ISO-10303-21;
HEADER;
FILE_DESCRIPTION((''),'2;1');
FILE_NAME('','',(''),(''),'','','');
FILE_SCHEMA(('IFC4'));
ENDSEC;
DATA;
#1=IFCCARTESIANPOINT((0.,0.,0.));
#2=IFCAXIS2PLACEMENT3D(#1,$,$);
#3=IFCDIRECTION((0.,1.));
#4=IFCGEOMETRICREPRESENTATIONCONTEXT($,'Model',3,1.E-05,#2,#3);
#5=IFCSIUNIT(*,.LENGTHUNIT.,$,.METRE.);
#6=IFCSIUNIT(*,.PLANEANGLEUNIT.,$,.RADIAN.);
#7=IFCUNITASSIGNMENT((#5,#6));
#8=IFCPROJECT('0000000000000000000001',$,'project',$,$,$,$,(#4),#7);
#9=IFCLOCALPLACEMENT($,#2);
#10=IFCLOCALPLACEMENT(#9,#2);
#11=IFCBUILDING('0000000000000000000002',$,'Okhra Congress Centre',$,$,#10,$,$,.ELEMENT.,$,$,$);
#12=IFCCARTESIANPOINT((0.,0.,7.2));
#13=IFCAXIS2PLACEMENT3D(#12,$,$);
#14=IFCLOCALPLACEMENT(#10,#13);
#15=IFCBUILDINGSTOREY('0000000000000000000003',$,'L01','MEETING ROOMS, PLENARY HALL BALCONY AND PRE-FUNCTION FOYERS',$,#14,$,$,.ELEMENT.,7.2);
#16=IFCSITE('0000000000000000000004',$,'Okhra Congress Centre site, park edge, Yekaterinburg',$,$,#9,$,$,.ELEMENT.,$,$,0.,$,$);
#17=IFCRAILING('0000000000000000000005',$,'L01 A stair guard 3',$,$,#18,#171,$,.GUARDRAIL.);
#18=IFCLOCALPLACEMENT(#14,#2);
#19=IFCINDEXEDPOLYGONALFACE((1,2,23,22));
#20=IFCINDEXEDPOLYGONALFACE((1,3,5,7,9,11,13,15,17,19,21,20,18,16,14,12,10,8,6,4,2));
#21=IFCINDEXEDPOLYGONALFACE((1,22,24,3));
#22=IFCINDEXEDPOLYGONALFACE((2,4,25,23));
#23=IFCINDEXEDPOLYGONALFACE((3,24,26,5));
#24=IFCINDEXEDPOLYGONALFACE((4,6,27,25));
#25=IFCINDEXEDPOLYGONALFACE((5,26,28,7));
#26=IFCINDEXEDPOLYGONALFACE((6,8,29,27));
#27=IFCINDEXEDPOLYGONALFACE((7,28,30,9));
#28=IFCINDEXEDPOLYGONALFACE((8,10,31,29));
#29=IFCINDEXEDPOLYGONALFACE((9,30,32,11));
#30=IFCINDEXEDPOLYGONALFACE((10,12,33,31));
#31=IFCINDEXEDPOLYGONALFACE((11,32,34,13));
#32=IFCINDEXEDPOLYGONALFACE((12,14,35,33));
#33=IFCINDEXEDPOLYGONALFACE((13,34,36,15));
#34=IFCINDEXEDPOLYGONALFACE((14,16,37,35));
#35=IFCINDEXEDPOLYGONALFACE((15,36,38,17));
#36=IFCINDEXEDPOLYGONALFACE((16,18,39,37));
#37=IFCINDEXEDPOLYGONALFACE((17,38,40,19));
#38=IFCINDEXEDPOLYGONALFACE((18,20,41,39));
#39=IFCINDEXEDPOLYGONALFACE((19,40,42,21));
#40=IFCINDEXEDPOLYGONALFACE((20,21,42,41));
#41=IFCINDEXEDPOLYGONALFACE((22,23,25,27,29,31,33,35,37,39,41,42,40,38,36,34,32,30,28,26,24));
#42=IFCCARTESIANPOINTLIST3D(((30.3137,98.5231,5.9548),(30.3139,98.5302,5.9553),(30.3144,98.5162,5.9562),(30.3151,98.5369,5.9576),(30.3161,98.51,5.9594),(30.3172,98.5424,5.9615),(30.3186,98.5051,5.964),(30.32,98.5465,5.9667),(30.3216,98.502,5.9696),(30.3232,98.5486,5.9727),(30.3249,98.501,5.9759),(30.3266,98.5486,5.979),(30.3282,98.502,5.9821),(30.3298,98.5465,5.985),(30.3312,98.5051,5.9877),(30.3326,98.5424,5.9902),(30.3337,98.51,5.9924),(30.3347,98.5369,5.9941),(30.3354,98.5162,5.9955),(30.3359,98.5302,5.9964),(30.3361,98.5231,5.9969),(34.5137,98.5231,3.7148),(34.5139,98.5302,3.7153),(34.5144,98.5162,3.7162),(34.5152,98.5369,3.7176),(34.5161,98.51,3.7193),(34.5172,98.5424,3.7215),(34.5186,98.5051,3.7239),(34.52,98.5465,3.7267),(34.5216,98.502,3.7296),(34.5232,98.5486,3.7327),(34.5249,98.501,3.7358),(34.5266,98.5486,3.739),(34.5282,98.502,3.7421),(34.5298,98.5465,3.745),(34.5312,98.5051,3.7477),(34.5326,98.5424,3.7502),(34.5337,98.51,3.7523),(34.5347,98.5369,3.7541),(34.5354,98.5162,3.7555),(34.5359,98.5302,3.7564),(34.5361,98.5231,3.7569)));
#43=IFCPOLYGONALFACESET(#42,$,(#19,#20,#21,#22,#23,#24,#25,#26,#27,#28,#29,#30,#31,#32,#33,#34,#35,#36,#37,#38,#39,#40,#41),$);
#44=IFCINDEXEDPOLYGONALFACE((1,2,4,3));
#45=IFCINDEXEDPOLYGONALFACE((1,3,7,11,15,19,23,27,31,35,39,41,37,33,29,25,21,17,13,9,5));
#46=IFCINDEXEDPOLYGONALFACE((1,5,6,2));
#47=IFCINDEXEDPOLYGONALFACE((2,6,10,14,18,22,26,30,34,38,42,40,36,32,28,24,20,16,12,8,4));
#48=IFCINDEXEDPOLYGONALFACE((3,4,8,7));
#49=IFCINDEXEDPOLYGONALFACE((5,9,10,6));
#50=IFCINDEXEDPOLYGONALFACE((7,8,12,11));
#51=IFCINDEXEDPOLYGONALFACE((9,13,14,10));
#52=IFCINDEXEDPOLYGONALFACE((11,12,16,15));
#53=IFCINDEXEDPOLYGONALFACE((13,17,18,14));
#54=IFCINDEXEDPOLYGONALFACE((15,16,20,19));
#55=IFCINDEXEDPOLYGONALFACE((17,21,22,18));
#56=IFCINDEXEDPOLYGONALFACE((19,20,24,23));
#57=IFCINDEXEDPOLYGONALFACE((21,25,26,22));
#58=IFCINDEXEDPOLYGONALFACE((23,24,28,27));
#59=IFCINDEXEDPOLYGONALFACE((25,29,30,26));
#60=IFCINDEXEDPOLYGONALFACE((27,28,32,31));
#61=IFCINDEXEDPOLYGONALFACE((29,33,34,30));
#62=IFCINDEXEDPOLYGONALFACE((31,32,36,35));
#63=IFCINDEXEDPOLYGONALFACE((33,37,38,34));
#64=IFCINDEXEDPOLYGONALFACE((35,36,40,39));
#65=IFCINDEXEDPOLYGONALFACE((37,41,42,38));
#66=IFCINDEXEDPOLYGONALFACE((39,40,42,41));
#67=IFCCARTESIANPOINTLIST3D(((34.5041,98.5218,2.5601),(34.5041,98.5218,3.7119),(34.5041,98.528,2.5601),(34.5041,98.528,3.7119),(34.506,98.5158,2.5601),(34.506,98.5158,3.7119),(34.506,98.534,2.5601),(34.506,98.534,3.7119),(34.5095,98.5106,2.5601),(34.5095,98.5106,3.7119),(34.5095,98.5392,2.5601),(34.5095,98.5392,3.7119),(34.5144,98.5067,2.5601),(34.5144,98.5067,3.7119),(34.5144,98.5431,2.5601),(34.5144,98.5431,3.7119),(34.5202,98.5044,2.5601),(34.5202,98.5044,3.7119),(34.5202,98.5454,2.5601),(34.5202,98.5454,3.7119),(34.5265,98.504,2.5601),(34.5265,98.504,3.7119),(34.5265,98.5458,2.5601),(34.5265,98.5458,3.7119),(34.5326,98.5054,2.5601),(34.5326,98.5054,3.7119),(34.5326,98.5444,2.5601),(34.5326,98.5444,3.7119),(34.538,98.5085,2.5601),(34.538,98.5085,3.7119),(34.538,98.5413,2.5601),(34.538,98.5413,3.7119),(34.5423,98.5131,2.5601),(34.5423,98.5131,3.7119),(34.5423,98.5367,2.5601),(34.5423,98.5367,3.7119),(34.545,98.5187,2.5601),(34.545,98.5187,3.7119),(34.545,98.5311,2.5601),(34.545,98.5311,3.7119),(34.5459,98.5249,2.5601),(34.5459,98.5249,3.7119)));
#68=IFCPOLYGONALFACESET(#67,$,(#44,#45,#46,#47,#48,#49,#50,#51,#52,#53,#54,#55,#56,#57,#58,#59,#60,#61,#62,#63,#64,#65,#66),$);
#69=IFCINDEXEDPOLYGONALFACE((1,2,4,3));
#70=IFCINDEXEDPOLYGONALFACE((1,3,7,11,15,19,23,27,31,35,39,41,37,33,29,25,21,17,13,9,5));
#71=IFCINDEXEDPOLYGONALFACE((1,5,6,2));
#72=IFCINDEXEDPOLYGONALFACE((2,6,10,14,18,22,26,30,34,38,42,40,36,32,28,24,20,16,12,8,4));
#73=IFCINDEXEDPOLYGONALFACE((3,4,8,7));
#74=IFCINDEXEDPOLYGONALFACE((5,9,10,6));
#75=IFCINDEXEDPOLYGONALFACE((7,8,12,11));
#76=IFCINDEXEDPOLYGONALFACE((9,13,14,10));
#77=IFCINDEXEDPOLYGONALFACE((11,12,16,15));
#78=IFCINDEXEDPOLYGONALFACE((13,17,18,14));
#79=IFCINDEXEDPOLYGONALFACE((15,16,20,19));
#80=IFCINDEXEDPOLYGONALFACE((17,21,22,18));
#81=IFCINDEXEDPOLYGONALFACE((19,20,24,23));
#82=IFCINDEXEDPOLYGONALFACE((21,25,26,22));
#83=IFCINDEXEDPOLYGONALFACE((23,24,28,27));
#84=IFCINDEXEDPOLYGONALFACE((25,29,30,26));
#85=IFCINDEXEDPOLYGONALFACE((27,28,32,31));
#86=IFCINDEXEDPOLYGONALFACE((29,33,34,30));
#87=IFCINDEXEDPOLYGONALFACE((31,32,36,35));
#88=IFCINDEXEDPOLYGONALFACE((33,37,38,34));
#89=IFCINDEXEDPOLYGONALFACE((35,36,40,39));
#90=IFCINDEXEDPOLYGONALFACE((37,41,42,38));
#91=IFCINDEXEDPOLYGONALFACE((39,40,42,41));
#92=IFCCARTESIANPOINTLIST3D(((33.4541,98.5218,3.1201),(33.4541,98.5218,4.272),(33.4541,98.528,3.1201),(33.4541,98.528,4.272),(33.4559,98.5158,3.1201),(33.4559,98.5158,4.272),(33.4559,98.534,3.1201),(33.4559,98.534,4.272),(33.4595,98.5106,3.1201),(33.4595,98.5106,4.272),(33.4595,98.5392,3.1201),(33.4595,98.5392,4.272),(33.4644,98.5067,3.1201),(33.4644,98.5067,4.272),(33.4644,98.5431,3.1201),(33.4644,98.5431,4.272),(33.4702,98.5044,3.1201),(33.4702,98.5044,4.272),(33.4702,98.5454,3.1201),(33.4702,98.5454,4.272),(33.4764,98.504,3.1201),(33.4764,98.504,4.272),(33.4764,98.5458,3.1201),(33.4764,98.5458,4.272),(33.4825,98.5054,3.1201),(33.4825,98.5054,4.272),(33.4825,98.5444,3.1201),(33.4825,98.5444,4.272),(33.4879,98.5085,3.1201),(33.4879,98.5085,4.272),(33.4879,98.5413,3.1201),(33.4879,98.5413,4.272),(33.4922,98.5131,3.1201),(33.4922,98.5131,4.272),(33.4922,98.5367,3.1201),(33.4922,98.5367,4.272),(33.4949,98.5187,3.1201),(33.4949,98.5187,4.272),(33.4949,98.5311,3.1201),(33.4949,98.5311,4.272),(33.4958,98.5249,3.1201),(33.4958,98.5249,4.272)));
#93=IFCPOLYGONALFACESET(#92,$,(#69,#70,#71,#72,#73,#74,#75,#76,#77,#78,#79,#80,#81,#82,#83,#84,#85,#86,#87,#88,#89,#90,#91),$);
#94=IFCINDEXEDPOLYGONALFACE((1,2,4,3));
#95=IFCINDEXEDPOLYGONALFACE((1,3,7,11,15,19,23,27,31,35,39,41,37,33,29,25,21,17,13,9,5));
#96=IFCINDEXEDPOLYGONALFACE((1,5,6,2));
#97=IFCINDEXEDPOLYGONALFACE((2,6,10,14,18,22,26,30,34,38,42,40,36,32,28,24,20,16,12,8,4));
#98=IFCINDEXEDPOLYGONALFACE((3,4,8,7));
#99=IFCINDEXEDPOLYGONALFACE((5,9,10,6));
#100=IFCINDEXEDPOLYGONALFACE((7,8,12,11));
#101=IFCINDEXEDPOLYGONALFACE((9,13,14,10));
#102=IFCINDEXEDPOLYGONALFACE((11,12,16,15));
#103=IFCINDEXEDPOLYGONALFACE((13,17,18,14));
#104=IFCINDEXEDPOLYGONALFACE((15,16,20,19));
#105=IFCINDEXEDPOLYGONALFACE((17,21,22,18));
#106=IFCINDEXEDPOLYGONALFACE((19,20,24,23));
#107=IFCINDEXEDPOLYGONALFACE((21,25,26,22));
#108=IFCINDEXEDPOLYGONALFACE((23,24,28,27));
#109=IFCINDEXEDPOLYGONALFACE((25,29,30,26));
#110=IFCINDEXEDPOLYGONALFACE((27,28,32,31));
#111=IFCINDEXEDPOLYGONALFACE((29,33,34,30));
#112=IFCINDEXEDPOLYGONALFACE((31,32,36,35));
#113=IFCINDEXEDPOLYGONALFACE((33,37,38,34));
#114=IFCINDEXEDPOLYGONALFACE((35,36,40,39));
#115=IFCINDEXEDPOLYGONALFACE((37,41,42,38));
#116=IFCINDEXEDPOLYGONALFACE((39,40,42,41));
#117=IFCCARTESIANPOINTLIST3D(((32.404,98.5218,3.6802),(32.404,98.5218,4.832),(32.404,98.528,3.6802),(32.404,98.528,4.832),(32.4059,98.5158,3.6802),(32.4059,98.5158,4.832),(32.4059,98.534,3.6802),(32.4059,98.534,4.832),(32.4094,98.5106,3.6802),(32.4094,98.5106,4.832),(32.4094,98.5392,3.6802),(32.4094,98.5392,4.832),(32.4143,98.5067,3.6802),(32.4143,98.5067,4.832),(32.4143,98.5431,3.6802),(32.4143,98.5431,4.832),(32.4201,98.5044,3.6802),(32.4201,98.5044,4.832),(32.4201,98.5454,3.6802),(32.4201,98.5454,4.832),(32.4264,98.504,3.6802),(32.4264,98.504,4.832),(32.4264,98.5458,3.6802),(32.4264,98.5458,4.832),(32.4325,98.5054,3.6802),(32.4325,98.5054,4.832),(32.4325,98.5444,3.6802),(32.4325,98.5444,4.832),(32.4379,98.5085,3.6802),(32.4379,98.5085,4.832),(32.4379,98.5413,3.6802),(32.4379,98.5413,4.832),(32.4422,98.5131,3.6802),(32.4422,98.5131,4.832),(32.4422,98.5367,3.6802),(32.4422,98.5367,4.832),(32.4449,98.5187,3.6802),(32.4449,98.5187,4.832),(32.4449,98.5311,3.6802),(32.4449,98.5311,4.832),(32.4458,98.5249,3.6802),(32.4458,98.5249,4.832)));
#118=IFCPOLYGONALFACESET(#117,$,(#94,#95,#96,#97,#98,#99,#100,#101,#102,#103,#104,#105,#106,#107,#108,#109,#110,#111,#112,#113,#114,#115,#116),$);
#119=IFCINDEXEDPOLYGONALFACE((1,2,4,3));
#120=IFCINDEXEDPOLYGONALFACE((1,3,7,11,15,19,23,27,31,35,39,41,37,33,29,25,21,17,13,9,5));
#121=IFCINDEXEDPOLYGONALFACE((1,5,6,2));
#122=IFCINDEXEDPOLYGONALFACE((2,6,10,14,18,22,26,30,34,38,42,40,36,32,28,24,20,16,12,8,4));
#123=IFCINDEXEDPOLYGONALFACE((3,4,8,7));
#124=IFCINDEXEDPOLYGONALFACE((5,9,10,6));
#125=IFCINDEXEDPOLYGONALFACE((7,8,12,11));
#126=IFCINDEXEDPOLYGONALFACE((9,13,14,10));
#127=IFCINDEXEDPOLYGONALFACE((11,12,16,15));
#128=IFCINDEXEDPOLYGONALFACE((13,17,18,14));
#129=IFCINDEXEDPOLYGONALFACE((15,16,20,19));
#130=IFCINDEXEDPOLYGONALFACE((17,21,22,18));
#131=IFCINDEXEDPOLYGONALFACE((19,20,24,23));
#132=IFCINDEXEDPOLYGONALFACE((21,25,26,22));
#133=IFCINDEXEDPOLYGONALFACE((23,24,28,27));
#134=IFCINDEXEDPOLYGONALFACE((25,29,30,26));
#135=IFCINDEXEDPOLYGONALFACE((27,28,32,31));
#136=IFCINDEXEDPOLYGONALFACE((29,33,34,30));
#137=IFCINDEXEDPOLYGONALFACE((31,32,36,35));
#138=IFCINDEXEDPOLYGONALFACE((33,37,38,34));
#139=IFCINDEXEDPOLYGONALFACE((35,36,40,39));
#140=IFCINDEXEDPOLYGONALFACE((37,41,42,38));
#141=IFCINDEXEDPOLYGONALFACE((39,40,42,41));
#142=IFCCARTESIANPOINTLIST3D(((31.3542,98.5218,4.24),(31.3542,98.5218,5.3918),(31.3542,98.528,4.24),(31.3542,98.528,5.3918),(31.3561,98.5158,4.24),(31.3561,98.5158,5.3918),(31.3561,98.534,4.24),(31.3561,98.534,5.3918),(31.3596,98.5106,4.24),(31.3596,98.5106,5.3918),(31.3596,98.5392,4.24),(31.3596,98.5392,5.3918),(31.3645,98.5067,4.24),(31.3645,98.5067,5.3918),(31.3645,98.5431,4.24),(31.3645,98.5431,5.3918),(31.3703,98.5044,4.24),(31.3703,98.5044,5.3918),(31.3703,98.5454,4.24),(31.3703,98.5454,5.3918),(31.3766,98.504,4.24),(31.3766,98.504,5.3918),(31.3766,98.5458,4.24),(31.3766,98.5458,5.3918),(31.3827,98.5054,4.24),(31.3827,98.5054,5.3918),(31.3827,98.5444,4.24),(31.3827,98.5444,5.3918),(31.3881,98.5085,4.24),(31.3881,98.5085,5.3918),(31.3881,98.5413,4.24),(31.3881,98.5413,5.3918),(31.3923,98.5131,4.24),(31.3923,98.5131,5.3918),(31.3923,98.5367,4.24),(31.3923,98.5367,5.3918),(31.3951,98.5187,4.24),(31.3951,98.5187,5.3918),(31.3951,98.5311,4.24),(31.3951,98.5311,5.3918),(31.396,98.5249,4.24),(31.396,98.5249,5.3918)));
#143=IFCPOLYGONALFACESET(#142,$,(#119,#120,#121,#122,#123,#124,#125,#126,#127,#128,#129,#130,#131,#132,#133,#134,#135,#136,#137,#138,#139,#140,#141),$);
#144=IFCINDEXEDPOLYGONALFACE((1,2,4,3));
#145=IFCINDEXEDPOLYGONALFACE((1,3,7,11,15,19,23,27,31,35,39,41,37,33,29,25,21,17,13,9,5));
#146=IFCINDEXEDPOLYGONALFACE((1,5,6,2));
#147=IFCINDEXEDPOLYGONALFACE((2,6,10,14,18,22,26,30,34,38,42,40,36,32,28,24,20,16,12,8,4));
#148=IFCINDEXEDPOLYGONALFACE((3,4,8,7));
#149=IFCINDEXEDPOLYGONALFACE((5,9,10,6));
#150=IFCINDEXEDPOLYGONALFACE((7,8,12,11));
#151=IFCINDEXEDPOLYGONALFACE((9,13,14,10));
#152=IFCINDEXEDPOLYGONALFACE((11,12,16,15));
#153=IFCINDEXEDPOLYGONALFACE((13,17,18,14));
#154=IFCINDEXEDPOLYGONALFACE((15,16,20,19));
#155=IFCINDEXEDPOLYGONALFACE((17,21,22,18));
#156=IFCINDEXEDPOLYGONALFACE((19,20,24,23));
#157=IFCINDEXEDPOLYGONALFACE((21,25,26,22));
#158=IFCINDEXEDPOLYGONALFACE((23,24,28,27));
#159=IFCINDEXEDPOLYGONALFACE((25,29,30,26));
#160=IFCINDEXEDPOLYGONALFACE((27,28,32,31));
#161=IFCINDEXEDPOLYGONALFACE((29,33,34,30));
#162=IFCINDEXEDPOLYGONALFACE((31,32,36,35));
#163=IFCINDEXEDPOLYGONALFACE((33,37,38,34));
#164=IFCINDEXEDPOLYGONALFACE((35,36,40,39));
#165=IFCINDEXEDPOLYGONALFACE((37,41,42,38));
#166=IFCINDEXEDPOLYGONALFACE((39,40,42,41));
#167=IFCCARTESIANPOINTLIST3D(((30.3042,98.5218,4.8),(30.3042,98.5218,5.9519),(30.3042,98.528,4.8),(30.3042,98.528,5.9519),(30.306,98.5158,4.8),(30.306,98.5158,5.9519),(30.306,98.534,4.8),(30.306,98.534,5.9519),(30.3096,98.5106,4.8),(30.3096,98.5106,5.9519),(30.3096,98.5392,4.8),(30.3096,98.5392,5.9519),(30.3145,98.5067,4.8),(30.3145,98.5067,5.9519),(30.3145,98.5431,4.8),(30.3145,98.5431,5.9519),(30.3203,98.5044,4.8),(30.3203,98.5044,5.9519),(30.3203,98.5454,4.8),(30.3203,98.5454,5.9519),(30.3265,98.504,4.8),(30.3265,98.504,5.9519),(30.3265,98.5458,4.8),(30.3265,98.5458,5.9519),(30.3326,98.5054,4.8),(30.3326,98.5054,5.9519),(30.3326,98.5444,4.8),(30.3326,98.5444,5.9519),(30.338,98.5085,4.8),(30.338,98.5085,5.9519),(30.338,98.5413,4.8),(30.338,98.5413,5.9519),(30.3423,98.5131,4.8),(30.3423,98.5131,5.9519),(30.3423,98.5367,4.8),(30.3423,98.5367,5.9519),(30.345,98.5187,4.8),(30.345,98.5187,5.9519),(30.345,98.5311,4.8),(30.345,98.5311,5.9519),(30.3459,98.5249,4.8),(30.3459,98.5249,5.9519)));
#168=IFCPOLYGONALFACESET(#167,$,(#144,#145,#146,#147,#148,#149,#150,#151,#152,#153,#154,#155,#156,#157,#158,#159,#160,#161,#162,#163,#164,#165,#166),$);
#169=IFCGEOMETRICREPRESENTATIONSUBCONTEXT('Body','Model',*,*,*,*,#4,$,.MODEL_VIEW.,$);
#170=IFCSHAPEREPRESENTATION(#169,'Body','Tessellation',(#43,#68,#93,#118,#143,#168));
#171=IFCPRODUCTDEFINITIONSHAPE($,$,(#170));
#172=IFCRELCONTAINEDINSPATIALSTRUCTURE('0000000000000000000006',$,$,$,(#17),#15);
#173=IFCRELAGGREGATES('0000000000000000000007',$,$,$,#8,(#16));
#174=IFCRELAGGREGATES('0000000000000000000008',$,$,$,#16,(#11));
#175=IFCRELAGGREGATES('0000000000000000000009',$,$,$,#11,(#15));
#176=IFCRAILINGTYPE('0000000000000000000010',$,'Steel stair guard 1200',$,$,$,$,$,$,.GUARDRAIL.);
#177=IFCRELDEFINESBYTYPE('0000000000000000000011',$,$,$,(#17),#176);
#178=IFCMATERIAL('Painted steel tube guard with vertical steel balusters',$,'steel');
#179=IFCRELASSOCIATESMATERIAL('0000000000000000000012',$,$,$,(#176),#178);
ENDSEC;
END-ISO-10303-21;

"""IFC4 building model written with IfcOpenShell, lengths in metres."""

from ifc_helpers import new_model, si_unit, direction, frame, origin, origin_2d, place, context, subcontext, project, spatial, circle, extrude, material, type_object, element, save


model = new_model("IFC4")

# Units and contexts
model_context = context("Model", 3, precision=1e-05, world=origin(), true_north=direction((0.0, 1.0)))
body_context = subcontext(model_context, "Body", "Model", "MODEL_VIEW")
ifc_project = project(units=[si_unit("LENGTHUNIT", "METRE"), si_unit("PLANEANGLEUNIT", "RADIAN")], contexts=[model_context])

# Site, building, storey
site_placement = place(None, origin())
site = spatial("IfcSite", under=ifc_project, at=site_placement, Name="Okhra Congress Centre site, park edge, Yekaterinburg", CompositionType="ELEMENT", RefElevation=0.0)
building_placement = place(site_placement, origin())
building = spatial("IfcBuilding", under=site, at=building_placement, Name="Okhra Congress Centre", CompositionType="ELEMENT")
storey_placement = place(building_placement, frame((0.0, 0.0, 7.2)))
storey = spatial("IfcBuildingStorey", under=building, at=storey_placement, Name="L01", Description="MEETING ROOMS, PLENARY HALL BALCONY AND PRE-FUNCTION FOYERS", CompositionType="ELEMENT", Elevation=7.2)

# Railing
ifc_material_1 = material(Name="Painted steel tube guard with vertical steel balusters", Category="steel")
railing_type_1 = type_object("IfcRailingType", Name="Steel stair guard 1200", PredefinedType="GUARDRAIL", material=ifc_material_1)
railing_1_placement = place(storey_placement, frame((34.5249, 98.5249, 2.5601)))
element("IfcRailing", 1, at=railing_1_placement, inside=storey, type_object=railing_type_1, Name="L01 A stair guard 3", PredefinedType="GUARDRAIL", context=body_context, shape_type="SweptSolid", body=[
    extrude(circle(Radius=0.0239, at=origin_2d()), frame((0.0, 0.0, 1.1758), z_axis=(-0.882352, 0.0, 0.470591), x_axis=(0.0, -1.0, 0.0)), (0.0, 0.0, 1.0), 4.76),
    extrude(circle(Radius=0.021, at=origin_2d()), origin(), (0.0, 0.0, 1.0), 1.1519),
    extrude(circle(Radius=0.021, at=origin_2d()), frame((-1.05, 0.0, 0.5601)), (0.0, 0.0, 1.0), 1.1519),
    extrude(circle(Radius=0.021, at=origin_2d()), frame((-2.1001, 0.0, 1.1201)), (0.0, 0.0, 1.0), 1.1519),
    extrude(circle(Radius=0.021, at=origin_2d()), frame((-3.1499, 0.0, 1.6799)), (0.0, 0.0, 1.0), 1.1519),
    extrude(circle(Radius=0.021, at=origin_2d()), frame((-4.2, 0.0, 2.24)), (0.0, 0.0, 1.0), 1.1519),
])

save(model, "model.ifc")
